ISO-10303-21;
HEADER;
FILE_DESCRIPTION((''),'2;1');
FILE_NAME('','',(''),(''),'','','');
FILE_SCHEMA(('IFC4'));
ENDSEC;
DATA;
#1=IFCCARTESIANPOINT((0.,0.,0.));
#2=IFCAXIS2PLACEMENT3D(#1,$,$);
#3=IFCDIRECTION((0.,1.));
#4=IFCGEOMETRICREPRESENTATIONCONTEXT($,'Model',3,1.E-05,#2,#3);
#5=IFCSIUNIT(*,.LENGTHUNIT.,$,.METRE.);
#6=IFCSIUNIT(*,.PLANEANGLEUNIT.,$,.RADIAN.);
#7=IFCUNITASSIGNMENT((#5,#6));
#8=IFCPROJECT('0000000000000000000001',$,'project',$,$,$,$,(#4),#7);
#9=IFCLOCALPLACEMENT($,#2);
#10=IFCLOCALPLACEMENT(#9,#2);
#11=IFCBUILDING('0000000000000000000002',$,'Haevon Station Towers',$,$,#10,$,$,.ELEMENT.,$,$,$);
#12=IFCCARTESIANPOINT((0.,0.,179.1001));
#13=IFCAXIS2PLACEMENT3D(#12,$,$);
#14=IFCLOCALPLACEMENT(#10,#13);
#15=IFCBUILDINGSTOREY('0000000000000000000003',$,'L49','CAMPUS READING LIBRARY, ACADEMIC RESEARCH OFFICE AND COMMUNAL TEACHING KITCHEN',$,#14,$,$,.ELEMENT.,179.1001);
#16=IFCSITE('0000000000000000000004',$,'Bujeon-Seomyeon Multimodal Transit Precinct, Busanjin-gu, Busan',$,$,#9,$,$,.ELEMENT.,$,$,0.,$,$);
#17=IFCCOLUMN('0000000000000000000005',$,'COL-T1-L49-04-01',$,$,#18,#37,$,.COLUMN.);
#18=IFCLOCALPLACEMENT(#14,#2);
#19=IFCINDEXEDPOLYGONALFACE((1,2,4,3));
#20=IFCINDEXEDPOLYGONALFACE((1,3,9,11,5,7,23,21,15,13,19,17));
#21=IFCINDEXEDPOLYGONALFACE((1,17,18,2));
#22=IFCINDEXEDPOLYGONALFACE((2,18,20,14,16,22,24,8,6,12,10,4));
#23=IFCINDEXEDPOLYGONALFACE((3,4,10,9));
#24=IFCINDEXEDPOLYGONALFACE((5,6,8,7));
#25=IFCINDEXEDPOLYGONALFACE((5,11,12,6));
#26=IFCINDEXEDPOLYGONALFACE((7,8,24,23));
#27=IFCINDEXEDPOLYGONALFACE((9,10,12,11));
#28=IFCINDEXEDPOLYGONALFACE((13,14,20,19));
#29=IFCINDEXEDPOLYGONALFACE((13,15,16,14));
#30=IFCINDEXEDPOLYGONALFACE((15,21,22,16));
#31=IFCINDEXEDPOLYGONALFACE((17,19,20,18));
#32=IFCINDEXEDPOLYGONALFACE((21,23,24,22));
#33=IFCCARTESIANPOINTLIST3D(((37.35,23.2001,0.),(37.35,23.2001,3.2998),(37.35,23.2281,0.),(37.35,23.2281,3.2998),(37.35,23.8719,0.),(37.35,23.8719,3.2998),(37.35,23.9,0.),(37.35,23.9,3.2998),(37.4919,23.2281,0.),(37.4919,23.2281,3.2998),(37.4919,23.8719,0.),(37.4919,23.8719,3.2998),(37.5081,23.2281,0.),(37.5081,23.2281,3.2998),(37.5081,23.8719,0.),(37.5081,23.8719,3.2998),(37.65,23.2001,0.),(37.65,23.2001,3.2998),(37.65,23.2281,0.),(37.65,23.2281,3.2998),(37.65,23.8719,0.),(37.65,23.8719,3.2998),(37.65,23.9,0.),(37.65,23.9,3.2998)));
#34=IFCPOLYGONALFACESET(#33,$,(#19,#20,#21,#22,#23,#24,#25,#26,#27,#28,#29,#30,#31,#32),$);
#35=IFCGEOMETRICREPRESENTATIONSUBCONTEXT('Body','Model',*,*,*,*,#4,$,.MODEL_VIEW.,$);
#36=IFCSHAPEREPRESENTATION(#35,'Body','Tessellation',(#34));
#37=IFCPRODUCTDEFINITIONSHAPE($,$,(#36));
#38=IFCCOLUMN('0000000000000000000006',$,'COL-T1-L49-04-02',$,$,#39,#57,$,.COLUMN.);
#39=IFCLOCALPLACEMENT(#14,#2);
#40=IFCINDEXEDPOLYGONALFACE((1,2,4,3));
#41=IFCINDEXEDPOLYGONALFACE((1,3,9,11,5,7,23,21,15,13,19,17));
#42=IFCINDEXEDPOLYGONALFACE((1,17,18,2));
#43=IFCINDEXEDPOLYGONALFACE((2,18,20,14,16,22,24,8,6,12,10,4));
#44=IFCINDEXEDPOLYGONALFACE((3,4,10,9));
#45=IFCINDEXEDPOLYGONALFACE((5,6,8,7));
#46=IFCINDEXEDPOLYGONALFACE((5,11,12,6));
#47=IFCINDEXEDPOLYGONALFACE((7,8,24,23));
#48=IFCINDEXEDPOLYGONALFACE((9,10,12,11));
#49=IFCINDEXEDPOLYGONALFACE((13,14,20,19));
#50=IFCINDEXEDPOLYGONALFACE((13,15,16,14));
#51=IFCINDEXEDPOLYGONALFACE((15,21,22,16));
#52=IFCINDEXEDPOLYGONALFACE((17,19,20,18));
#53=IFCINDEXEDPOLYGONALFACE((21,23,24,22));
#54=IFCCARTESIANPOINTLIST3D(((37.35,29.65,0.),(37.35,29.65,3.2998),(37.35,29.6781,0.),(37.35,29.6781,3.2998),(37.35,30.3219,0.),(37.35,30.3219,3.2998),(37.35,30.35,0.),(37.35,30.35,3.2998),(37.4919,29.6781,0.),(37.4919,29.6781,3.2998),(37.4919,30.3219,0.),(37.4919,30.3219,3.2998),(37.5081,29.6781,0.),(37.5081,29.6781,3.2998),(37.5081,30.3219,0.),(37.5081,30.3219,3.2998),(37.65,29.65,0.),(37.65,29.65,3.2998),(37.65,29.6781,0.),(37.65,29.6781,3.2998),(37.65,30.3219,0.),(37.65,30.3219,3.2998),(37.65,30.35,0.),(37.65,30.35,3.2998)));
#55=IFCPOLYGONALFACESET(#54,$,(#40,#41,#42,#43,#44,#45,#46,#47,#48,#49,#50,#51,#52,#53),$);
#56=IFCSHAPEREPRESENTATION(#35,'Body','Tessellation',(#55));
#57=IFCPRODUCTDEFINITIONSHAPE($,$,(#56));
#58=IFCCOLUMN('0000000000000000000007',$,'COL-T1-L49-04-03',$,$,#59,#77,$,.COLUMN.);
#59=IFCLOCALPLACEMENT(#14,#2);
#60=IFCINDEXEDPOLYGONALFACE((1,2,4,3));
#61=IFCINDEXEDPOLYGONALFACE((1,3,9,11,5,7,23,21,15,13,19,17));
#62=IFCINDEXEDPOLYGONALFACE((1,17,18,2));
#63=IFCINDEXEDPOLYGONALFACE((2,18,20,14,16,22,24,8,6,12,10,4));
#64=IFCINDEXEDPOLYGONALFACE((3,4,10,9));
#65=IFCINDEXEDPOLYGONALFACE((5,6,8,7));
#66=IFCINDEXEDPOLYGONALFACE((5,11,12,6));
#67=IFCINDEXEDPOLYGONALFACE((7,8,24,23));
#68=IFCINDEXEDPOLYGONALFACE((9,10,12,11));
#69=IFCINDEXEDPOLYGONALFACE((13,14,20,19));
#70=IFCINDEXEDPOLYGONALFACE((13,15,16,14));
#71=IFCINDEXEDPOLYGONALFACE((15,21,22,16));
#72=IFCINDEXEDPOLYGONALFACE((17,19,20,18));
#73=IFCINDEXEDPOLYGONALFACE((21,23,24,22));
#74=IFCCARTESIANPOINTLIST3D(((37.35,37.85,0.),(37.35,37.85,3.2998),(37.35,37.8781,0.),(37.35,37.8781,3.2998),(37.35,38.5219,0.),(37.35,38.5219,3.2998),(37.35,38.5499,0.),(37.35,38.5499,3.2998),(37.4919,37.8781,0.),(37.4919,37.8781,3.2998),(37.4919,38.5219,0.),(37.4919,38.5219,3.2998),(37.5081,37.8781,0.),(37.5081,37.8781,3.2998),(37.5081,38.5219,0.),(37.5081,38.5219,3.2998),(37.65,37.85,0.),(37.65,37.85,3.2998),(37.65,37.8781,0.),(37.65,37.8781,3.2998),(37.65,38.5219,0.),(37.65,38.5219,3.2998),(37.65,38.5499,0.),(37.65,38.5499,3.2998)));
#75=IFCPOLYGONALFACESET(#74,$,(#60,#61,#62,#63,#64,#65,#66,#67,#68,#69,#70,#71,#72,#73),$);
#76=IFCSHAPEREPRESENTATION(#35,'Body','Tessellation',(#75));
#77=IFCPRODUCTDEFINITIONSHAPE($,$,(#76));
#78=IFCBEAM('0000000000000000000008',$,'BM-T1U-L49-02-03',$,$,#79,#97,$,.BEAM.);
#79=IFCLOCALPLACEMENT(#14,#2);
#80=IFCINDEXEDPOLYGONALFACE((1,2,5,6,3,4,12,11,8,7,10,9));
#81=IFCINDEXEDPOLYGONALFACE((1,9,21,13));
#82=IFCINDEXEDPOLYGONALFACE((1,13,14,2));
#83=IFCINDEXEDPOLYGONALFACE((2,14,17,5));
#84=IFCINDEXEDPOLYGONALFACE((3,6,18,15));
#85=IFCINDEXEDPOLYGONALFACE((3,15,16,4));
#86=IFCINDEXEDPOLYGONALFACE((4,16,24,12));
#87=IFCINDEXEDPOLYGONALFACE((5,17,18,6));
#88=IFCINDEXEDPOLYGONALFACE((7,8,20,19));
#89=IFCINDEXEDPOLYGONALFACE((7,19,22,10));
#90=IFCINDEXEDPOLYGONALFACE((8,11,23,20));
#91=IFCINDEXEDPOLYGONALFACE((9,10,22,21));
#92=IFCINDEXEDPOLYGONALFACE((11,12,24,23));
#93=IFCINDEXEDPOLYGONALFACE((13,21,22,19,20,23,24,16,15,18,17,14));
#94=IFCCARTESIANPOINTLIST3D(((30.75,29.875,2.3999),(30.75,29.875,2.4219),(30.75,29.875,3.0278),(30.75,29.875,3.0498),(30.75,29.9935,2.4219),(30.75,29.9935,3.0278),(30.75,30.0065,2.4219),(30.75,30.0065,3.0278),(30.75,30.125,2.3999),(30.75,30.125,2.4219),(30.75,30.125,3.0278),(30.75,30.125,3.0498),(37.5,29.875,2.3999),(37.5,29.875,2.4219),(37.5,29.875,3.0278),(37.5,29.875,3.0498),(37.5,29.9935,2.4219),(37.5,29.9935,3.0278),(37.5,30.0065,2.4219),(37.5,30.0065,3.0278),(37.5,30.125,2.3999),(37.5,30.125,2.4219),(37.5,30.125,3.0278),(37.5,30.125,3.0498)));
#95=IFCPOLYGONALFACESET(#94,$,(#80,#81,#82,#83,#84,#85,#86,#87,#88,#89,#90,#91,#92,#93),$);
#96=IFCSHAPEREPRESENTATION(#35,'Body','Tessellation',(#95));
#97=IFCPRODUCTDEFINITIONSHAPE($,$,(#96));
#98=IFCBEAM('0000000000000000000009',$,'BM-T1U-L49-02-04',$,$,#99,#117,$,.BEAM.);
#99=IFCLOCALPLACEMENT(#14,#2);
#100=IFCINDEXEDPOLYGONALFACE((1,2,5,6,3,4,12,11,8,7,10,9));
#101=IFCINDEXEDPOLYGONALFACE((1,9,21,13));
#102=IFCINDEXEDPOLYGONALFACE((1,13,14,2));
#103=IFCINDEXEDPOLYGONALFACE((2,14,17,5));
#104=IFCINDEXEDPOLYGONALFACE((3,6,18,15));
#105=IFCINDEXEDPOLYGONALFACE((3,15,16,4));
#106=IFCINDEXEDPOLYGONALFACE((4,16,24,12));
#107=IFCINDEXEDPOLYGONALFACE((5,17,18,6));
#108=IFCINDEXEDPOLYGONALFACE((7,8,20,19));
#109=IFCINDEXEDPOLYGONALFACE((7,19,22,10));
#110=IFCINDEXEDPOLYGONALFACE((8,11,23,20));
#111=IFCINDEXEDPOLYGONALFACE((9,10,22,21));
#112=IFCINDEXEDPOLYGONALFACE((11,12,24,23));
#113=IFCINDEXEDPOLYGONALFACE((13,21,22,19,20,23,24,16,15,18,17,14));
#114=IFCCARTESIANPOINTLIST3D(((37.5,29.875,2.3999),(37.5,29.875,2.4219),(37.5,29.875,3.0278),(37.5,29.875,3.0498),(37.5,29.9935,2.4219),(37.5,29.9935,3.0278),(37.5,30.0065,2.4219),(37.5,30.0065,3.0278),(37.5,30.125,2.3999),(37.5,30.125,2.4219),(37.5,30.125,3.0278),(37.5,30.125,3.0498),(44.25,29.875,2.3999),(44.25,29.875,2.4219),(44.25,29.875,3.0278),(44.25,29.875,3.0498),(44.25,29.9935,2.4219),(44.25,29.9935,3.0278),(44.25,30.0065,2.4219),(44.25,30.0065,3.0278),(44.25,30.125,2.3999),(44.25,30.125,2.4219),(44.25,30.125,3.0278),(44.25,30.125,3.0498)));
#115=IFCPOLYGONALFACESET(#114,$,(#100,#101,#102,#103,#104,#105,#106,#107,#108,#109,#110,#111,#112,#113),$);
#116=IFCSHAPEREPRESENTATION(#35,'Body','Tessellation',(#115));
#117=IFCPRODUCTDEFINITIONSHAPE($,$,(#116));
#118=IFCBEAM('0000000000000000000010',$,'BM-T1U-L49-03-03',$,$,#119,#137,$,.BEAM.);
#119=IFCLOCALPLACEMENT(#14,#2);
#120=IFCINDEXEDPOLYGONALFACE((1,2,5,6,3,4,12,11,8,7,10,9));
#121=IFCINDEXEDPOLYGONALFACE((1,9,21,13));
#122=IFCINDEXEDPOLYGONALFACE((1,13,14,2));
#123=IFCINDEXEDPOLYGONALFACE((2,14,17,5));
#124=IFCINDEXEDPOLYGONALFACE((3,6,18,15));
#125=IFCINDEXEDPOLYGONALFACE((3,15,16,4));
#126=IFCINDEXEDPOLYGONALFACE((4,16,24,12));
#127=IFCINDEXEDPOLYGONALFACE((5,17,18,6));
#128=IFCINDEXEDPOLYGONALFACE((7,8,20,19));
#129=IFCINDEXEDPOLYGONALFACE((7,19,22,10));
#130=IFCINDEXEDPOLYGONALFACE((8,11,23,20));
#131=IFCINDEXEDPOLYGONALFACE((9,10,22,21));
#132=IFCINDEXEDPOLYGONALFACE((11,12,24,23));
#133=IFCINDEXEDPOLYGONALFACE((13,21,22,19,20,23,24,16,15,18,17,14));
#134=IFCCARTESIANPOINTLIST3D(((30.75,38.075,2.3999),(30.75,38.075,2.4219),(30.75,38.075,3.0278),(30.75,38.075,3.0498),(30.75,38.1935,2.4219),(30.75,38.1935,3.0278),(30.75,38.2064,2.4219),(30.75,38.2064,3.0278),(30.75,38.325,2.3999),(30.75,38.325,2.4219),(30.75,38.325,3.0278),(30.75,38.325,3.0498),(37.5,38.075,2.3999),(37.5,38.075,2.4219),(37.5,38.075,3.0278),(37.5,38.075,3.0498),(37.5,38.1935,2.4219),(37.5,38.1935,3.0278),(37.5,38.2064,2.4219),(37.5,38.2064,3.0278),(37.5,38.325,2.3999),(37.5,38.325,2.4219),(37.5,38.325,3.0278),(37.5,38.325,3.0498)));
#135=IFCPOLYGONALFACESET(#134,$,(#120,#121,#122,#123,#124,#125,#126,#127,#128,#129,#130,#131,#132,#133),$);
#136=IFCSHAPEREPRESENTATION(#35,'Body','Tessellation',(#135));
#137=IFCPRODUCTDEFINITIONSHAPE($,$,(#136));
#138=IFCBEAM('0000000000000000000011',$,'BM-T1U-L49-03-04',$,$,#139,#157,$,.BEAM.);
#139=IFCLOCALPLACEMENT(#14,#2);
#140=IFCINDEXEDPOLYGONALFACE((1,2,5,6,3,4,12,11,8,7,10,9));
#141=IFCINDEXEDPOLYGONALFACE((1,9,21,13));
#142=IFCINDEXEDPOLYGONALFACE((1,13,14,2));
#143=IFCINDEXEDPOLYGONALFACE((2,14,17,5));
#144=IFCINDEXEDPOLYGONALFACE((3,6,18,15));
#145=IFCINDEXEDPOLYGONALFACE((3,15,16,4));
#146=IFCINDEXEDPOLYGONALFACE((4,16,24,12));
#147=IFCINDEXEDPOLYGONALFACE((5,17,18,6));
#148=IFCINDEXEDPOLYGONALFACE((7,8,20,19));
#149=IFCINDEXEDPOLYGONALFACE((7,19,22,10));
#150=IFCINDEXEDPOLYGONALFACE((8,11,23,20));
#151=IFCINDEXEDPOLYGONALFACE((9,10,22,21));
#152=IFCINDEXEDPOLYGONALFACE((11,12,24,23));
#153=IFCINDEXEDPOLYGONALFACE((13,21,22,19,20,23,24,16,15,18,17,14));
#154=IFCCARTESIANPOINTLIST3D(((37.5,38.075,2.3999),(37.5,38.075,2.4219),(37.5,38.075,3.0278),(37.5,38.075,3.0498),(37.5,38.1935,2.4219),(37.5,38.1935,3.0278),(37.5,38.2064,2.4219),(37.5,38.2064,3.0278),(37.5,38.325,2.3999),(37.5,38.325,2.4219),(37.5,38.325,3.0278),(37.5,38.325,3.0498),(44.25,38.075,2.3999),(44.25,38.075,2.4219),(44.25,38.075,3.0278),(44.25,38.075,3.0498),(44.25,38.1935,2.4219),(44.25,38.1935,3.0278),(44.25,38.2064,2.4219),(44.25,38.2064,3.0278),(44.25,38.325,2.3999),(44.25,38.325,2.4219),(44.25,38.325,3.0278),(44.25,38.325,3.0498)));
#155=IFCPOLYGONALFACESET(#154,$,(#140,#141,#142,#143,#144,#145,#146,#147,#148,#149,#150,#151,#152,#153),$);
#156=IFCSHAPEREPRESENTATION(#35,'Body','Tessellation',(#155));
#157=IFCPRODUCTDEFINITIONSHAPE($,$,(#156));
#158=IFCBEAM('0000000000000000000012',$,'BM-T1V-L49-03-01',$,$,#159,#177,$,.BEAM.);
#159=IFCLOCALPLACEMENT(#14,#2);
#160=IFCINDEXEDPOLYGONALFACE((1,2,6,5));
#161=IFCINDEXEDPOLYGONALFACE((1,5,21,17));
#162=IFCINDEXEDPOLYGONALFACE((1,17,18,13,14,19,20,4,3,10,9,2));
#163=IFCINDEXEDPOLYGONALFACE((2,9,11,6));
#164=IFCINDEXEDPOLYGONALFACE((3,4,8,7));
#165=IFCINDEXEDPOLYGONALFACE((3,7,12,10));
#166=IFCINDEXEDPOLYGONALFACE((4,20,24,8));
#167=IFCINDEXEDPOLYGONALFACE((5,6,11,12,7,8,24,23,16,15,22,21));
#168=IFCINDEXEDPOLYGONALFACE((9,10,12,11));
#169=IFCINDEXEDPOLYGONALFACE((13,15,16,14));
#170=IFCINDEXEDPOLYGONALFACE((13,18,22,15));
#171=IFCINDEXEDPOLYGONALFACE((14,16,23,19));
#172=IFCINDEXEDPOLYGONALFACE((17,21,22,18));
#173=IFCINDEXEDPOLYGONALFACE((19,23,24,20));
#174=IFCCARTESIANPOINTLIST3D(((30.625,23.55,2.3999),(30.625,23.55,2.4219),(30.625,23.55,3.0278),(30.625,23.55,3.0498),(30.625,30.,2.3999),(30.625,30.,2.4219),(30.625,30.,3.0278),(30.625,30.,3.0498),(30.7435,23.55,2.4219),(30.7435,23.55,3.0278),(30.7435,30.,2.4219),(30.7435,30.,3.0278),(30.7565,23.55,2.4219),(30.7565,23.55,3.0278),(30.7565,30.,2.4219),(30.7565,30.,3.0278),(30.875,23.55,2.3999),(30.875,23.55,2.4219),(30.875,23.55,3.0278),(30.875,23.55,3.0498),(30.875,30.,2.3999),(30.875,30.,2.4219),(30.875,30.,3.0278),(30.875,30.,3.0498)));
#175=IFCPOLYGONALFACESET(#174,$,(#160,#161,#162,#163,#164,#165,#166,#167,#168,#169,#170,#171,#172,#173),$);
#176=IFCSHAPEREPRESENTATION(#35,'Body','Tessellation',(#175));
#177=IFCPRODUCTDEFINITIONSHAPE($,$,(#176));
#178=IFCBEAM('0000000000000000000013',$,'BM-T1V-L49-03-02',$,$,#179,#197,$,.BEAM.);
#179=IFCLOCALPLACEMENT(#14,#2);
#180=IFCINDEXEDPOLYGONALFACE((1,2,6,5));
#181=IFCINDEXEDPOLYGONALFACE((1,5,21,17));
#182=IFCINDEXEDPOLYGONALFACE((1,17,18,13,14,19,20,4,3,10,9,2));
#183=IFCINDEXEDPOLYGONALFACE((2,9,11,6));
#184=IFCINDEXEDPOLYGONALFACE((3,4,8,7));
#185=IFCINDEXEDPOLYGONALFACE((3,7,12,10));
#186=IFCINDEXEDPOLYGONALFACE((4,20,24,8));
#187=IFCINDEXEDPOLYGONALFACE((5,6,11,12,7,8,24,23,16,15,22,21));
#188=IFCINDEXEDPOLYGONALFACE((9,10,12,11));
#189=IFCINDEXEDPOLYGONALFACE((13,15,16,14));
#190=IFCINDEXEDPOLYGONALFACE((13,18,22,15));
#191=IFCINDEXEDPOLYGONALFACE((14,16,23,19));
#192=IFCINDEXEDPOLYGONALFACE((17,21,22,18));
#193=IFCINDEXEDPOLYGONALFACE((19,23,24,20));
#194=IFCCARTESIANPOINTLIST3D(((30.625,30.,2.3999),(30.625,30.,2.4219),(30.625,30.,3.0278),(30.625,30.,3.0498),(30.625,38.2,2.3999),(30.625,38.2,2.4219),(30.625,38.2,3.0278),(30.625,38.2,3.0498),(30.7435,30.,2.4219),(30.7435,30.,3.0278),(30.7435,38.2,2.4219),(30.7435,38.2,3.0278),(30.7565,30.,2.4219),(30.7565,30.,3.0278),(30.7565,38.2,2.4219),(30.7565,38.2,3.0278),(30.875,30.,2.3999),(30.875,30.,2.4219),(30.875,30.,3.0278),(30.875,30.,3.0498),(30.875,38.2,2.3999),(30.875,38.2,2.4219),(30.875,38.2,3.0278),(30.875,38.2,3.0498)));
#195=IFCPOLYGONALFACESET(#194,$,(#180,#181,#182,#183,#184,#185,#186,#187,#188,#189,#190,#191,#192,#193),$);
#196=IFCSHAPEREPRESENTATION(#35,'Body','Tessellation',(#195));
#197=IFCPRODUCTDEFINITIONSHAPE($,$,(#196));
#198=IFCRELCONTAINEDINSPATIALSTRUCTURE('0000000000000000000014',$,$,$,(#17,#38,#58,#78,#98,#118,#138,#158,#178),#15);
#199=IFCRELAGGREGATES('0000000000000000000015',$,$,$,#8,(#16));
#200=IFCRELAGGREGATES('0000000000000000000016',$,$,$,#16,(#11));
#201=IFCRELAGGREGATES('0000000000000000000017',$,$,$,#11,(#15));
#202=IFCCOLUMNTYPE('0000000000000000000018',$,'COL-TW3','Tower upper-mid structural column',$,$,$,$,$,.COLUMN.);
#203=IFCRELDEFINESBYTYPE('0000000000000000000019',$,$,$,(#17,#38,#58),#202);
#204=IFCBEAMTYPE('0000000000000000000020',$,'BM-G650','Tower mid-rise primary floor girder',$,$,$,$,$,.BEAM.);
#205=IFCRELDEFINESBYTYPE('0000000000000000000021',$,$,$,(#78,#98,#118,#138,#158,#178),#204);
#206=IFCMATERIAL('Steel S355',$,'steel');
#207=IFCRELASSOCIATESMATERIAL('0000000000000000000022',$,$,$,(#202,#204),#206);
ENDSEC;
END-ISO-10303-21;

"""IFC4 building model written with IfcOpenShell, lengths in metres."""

from ifc_helpers import new_model, si_unit, direction, frame, origin, origin_2d, place, context, subcontext, project, spatial, i_section, extrude, material, material_profile, profile_set, type_object, element, save


model = new_model("IFC4")

# Units and contexts
model_context = context("Model", 3, precision=1e-05, world=origin(), true_north=direction((0.0, 1.0)))
body_context = subcontext(model_context, "Body", "Model", "MODEL_VIEW")
ifc_project = project(units=[si_unit("LENGTHUNIT", "METRE"), si_unit("PLANEANGLEUNIT", "RADIAN")], contexts=[model_context])

# Site, building, storey
site_placement = place(None, origin())
site = spatial("IfcSite", under=ifc_project, at=site_placement, Name="Bujeon-Seomyeon Multimodal Transit Precinct, Busanjin-gu, Busan", CompositionType="ELEMENT", RefElevation=0.0)
building_placement = place(site_placement, origin())
building = spatial("IfcBuilding", under=site, at=building_placement, Name="Haevon Station Towers", CompositionType="ELEMENT")
storey_placement = place(building_placement, frame((0.0, 0.0, 179.1001)))
storey = spatial("IfcBuildingStorey", under=building, at=storey_placement, Name="L49", Description="CAMPUS READING LIBRARY, ACADEMIC RESEARCH OFFICE AND COMMUNAL TEACHING KITCHEN", CompositionType="ELEMENT", Elevation=179.1001)

# Columns
ifc_material_1 = material(Name="Steel S355", Category="steel")
ifc_material_profile_1 = material_profile(ifc_material_1, i_section(OverallWidth=0.3, OverallDepth=0.7, WebThickness=0.0161, FlangeThickness=0.0281, at=origin_2d()), Name="H-700x300x16x28")
ifc_profile_set_1 = profile_set([ifc_material_profile_1], Name="Steel S355")
column_type = type_object("IfcColumnType", Name="COL-TW3", Description="Tower upper-mid structural column", PredefinedType="COLUMN", material=ifc_profile_set_1)
for number, where, z_axis, x_axis, name in (
    (1, (37.5, 23.55, 0.0), (0.0, 0.0, 1.0), (1.0, 0.0, 0.0), "COL-T1-L49-04-01"),
    (2, (37.5, 30.0, 0.0), (0.0, 0.0, 1.0), (1.0, 0.0, 0.0), "COL-T1-L49-04-02"),
    (3, (37.5, 38.2, 0.0), (0.0, 0.0, 1.0), (1.0, 0.0, 0.0), "COL-T1-L49-04-03"),
):
    element("IfcColumn", number, at=place(storey_placement, frame(where, z_axis=z_axis, x_axis=x_axis)), inside=storey, type_object=column_type, Name=name, PredefinedType="COLUMN", context=body_context, shape_type="SweptSolid", body=[
        extrude(i_section(OverallWidth=0.3, OverallDepth=0.7, WebThickness=0.0161, FlangeThickness=0.0281, at=origin_2d()), origin(), (0.0, 0.0, 1.0), 3.2998),
    ])

# Beams
ifc_material_profile_2 = material_profile(ifc_material_1, i_section(OverallWidth=0.25, OverallDepth=0.6499, WebThickness=0.0129, FlangeThickness=0.022, at=origin_2d()), Name="H-650x250x13x22")
ifc_profile_set_2 = profile_set([ifc_material_profile_2], Name="Steel S355")
beam_type_1 = type_object("IfcBeamType", Name="BM-G650", Description="Tower mid-rise primary floor girder", PredefinedType="BEAM", material=ifc_profile_set_2)
for number, where, z_axis, x_axis, name in (
    (4, (30.75, 30.0, 2.7249), (1.0, 0.0, 0.0), (0.0, 1.0, 0.0), "BM-T1U-L49-02-03"),
    (5, (37.5, 30.0, 2.7249), (1.0, 0.0, 0.0), (0.0, 1.0, 0.0), "BM-T1U-L49-02-04"),
    (6, (30.75, 38.2, 2.7249), (1.0, 0.0, 0.0), (0.0, 1.0, 0.0), "BM-T1U-L49-03-03"),
    (7, (37.5, 38.2, 2.7249), (1.0, 0.0, 0.0), (0.0, 1.0, 0.0), "BM-T1U-L49-03-04"),
):
    element("IfcBeam", number, at=place(storey_placement, frame(where, z_axis=z_axis, x_axis=x_axis)), inside=storey, type_object=beam_type_1, Name=name, PredefinedType="BEAM", context=body_context, shape_type="SweptSolid", body=[
        extrude(i_section(OverallWidth=0.25, OverallDepth=0.6499, WebThickness=0.0129, FlangeThickness=0.022, at=origin_2d()), origin(), (0.0, 0.0, 1.0), 6.75),
    ])
beam_1_placement = place(storey_placement, frame((30.75, 23.55, 2.7249), z_axis=(0.0, 1.0, 0.0), x_axis=(-1.0, 0.0, 0.0)))
element("IfcBeam", 8, at=beam_1_placement, inside=storey, type_object=beam_type_1, Name="BM-T1V-L49-03-01", PredefinedType="BEAM", context=body_context, shape_type="SweptSolid", body=[
    extrude(i_section(OverallWidth=0.25, OverallDepth=0.6499, WebThickness=0.0129, FlangeThickness=0.022, at=origin_2d()), origin(), (0.0, 0.0, 1.0), 6.45),
])
beam_2_placement = place(storey_placement, frame((30.75, 30.0, 2.7249), z_axis=(0.0, 1.0, 0.0), x_axis=(-1.0, 0.0, 0.0)))
element("IfcBeam", 9, at=beam_2_placement, inside=storey, type_object=beam_type_1, Name="BM-T1V-L49-03-02", PredefinedType="BEAM", context=body_context, shape_type="SweptSolid", body=[
    extrude(i_section(OverallWidth=0.25, OverallDepth=0.6499, WebThickness=0.0129, FlangeThickness=0.022, at=origin_2d()), origin(), (0.0, 0.0, 1.0), 8.2),
])

save(model, "model.ifc")
